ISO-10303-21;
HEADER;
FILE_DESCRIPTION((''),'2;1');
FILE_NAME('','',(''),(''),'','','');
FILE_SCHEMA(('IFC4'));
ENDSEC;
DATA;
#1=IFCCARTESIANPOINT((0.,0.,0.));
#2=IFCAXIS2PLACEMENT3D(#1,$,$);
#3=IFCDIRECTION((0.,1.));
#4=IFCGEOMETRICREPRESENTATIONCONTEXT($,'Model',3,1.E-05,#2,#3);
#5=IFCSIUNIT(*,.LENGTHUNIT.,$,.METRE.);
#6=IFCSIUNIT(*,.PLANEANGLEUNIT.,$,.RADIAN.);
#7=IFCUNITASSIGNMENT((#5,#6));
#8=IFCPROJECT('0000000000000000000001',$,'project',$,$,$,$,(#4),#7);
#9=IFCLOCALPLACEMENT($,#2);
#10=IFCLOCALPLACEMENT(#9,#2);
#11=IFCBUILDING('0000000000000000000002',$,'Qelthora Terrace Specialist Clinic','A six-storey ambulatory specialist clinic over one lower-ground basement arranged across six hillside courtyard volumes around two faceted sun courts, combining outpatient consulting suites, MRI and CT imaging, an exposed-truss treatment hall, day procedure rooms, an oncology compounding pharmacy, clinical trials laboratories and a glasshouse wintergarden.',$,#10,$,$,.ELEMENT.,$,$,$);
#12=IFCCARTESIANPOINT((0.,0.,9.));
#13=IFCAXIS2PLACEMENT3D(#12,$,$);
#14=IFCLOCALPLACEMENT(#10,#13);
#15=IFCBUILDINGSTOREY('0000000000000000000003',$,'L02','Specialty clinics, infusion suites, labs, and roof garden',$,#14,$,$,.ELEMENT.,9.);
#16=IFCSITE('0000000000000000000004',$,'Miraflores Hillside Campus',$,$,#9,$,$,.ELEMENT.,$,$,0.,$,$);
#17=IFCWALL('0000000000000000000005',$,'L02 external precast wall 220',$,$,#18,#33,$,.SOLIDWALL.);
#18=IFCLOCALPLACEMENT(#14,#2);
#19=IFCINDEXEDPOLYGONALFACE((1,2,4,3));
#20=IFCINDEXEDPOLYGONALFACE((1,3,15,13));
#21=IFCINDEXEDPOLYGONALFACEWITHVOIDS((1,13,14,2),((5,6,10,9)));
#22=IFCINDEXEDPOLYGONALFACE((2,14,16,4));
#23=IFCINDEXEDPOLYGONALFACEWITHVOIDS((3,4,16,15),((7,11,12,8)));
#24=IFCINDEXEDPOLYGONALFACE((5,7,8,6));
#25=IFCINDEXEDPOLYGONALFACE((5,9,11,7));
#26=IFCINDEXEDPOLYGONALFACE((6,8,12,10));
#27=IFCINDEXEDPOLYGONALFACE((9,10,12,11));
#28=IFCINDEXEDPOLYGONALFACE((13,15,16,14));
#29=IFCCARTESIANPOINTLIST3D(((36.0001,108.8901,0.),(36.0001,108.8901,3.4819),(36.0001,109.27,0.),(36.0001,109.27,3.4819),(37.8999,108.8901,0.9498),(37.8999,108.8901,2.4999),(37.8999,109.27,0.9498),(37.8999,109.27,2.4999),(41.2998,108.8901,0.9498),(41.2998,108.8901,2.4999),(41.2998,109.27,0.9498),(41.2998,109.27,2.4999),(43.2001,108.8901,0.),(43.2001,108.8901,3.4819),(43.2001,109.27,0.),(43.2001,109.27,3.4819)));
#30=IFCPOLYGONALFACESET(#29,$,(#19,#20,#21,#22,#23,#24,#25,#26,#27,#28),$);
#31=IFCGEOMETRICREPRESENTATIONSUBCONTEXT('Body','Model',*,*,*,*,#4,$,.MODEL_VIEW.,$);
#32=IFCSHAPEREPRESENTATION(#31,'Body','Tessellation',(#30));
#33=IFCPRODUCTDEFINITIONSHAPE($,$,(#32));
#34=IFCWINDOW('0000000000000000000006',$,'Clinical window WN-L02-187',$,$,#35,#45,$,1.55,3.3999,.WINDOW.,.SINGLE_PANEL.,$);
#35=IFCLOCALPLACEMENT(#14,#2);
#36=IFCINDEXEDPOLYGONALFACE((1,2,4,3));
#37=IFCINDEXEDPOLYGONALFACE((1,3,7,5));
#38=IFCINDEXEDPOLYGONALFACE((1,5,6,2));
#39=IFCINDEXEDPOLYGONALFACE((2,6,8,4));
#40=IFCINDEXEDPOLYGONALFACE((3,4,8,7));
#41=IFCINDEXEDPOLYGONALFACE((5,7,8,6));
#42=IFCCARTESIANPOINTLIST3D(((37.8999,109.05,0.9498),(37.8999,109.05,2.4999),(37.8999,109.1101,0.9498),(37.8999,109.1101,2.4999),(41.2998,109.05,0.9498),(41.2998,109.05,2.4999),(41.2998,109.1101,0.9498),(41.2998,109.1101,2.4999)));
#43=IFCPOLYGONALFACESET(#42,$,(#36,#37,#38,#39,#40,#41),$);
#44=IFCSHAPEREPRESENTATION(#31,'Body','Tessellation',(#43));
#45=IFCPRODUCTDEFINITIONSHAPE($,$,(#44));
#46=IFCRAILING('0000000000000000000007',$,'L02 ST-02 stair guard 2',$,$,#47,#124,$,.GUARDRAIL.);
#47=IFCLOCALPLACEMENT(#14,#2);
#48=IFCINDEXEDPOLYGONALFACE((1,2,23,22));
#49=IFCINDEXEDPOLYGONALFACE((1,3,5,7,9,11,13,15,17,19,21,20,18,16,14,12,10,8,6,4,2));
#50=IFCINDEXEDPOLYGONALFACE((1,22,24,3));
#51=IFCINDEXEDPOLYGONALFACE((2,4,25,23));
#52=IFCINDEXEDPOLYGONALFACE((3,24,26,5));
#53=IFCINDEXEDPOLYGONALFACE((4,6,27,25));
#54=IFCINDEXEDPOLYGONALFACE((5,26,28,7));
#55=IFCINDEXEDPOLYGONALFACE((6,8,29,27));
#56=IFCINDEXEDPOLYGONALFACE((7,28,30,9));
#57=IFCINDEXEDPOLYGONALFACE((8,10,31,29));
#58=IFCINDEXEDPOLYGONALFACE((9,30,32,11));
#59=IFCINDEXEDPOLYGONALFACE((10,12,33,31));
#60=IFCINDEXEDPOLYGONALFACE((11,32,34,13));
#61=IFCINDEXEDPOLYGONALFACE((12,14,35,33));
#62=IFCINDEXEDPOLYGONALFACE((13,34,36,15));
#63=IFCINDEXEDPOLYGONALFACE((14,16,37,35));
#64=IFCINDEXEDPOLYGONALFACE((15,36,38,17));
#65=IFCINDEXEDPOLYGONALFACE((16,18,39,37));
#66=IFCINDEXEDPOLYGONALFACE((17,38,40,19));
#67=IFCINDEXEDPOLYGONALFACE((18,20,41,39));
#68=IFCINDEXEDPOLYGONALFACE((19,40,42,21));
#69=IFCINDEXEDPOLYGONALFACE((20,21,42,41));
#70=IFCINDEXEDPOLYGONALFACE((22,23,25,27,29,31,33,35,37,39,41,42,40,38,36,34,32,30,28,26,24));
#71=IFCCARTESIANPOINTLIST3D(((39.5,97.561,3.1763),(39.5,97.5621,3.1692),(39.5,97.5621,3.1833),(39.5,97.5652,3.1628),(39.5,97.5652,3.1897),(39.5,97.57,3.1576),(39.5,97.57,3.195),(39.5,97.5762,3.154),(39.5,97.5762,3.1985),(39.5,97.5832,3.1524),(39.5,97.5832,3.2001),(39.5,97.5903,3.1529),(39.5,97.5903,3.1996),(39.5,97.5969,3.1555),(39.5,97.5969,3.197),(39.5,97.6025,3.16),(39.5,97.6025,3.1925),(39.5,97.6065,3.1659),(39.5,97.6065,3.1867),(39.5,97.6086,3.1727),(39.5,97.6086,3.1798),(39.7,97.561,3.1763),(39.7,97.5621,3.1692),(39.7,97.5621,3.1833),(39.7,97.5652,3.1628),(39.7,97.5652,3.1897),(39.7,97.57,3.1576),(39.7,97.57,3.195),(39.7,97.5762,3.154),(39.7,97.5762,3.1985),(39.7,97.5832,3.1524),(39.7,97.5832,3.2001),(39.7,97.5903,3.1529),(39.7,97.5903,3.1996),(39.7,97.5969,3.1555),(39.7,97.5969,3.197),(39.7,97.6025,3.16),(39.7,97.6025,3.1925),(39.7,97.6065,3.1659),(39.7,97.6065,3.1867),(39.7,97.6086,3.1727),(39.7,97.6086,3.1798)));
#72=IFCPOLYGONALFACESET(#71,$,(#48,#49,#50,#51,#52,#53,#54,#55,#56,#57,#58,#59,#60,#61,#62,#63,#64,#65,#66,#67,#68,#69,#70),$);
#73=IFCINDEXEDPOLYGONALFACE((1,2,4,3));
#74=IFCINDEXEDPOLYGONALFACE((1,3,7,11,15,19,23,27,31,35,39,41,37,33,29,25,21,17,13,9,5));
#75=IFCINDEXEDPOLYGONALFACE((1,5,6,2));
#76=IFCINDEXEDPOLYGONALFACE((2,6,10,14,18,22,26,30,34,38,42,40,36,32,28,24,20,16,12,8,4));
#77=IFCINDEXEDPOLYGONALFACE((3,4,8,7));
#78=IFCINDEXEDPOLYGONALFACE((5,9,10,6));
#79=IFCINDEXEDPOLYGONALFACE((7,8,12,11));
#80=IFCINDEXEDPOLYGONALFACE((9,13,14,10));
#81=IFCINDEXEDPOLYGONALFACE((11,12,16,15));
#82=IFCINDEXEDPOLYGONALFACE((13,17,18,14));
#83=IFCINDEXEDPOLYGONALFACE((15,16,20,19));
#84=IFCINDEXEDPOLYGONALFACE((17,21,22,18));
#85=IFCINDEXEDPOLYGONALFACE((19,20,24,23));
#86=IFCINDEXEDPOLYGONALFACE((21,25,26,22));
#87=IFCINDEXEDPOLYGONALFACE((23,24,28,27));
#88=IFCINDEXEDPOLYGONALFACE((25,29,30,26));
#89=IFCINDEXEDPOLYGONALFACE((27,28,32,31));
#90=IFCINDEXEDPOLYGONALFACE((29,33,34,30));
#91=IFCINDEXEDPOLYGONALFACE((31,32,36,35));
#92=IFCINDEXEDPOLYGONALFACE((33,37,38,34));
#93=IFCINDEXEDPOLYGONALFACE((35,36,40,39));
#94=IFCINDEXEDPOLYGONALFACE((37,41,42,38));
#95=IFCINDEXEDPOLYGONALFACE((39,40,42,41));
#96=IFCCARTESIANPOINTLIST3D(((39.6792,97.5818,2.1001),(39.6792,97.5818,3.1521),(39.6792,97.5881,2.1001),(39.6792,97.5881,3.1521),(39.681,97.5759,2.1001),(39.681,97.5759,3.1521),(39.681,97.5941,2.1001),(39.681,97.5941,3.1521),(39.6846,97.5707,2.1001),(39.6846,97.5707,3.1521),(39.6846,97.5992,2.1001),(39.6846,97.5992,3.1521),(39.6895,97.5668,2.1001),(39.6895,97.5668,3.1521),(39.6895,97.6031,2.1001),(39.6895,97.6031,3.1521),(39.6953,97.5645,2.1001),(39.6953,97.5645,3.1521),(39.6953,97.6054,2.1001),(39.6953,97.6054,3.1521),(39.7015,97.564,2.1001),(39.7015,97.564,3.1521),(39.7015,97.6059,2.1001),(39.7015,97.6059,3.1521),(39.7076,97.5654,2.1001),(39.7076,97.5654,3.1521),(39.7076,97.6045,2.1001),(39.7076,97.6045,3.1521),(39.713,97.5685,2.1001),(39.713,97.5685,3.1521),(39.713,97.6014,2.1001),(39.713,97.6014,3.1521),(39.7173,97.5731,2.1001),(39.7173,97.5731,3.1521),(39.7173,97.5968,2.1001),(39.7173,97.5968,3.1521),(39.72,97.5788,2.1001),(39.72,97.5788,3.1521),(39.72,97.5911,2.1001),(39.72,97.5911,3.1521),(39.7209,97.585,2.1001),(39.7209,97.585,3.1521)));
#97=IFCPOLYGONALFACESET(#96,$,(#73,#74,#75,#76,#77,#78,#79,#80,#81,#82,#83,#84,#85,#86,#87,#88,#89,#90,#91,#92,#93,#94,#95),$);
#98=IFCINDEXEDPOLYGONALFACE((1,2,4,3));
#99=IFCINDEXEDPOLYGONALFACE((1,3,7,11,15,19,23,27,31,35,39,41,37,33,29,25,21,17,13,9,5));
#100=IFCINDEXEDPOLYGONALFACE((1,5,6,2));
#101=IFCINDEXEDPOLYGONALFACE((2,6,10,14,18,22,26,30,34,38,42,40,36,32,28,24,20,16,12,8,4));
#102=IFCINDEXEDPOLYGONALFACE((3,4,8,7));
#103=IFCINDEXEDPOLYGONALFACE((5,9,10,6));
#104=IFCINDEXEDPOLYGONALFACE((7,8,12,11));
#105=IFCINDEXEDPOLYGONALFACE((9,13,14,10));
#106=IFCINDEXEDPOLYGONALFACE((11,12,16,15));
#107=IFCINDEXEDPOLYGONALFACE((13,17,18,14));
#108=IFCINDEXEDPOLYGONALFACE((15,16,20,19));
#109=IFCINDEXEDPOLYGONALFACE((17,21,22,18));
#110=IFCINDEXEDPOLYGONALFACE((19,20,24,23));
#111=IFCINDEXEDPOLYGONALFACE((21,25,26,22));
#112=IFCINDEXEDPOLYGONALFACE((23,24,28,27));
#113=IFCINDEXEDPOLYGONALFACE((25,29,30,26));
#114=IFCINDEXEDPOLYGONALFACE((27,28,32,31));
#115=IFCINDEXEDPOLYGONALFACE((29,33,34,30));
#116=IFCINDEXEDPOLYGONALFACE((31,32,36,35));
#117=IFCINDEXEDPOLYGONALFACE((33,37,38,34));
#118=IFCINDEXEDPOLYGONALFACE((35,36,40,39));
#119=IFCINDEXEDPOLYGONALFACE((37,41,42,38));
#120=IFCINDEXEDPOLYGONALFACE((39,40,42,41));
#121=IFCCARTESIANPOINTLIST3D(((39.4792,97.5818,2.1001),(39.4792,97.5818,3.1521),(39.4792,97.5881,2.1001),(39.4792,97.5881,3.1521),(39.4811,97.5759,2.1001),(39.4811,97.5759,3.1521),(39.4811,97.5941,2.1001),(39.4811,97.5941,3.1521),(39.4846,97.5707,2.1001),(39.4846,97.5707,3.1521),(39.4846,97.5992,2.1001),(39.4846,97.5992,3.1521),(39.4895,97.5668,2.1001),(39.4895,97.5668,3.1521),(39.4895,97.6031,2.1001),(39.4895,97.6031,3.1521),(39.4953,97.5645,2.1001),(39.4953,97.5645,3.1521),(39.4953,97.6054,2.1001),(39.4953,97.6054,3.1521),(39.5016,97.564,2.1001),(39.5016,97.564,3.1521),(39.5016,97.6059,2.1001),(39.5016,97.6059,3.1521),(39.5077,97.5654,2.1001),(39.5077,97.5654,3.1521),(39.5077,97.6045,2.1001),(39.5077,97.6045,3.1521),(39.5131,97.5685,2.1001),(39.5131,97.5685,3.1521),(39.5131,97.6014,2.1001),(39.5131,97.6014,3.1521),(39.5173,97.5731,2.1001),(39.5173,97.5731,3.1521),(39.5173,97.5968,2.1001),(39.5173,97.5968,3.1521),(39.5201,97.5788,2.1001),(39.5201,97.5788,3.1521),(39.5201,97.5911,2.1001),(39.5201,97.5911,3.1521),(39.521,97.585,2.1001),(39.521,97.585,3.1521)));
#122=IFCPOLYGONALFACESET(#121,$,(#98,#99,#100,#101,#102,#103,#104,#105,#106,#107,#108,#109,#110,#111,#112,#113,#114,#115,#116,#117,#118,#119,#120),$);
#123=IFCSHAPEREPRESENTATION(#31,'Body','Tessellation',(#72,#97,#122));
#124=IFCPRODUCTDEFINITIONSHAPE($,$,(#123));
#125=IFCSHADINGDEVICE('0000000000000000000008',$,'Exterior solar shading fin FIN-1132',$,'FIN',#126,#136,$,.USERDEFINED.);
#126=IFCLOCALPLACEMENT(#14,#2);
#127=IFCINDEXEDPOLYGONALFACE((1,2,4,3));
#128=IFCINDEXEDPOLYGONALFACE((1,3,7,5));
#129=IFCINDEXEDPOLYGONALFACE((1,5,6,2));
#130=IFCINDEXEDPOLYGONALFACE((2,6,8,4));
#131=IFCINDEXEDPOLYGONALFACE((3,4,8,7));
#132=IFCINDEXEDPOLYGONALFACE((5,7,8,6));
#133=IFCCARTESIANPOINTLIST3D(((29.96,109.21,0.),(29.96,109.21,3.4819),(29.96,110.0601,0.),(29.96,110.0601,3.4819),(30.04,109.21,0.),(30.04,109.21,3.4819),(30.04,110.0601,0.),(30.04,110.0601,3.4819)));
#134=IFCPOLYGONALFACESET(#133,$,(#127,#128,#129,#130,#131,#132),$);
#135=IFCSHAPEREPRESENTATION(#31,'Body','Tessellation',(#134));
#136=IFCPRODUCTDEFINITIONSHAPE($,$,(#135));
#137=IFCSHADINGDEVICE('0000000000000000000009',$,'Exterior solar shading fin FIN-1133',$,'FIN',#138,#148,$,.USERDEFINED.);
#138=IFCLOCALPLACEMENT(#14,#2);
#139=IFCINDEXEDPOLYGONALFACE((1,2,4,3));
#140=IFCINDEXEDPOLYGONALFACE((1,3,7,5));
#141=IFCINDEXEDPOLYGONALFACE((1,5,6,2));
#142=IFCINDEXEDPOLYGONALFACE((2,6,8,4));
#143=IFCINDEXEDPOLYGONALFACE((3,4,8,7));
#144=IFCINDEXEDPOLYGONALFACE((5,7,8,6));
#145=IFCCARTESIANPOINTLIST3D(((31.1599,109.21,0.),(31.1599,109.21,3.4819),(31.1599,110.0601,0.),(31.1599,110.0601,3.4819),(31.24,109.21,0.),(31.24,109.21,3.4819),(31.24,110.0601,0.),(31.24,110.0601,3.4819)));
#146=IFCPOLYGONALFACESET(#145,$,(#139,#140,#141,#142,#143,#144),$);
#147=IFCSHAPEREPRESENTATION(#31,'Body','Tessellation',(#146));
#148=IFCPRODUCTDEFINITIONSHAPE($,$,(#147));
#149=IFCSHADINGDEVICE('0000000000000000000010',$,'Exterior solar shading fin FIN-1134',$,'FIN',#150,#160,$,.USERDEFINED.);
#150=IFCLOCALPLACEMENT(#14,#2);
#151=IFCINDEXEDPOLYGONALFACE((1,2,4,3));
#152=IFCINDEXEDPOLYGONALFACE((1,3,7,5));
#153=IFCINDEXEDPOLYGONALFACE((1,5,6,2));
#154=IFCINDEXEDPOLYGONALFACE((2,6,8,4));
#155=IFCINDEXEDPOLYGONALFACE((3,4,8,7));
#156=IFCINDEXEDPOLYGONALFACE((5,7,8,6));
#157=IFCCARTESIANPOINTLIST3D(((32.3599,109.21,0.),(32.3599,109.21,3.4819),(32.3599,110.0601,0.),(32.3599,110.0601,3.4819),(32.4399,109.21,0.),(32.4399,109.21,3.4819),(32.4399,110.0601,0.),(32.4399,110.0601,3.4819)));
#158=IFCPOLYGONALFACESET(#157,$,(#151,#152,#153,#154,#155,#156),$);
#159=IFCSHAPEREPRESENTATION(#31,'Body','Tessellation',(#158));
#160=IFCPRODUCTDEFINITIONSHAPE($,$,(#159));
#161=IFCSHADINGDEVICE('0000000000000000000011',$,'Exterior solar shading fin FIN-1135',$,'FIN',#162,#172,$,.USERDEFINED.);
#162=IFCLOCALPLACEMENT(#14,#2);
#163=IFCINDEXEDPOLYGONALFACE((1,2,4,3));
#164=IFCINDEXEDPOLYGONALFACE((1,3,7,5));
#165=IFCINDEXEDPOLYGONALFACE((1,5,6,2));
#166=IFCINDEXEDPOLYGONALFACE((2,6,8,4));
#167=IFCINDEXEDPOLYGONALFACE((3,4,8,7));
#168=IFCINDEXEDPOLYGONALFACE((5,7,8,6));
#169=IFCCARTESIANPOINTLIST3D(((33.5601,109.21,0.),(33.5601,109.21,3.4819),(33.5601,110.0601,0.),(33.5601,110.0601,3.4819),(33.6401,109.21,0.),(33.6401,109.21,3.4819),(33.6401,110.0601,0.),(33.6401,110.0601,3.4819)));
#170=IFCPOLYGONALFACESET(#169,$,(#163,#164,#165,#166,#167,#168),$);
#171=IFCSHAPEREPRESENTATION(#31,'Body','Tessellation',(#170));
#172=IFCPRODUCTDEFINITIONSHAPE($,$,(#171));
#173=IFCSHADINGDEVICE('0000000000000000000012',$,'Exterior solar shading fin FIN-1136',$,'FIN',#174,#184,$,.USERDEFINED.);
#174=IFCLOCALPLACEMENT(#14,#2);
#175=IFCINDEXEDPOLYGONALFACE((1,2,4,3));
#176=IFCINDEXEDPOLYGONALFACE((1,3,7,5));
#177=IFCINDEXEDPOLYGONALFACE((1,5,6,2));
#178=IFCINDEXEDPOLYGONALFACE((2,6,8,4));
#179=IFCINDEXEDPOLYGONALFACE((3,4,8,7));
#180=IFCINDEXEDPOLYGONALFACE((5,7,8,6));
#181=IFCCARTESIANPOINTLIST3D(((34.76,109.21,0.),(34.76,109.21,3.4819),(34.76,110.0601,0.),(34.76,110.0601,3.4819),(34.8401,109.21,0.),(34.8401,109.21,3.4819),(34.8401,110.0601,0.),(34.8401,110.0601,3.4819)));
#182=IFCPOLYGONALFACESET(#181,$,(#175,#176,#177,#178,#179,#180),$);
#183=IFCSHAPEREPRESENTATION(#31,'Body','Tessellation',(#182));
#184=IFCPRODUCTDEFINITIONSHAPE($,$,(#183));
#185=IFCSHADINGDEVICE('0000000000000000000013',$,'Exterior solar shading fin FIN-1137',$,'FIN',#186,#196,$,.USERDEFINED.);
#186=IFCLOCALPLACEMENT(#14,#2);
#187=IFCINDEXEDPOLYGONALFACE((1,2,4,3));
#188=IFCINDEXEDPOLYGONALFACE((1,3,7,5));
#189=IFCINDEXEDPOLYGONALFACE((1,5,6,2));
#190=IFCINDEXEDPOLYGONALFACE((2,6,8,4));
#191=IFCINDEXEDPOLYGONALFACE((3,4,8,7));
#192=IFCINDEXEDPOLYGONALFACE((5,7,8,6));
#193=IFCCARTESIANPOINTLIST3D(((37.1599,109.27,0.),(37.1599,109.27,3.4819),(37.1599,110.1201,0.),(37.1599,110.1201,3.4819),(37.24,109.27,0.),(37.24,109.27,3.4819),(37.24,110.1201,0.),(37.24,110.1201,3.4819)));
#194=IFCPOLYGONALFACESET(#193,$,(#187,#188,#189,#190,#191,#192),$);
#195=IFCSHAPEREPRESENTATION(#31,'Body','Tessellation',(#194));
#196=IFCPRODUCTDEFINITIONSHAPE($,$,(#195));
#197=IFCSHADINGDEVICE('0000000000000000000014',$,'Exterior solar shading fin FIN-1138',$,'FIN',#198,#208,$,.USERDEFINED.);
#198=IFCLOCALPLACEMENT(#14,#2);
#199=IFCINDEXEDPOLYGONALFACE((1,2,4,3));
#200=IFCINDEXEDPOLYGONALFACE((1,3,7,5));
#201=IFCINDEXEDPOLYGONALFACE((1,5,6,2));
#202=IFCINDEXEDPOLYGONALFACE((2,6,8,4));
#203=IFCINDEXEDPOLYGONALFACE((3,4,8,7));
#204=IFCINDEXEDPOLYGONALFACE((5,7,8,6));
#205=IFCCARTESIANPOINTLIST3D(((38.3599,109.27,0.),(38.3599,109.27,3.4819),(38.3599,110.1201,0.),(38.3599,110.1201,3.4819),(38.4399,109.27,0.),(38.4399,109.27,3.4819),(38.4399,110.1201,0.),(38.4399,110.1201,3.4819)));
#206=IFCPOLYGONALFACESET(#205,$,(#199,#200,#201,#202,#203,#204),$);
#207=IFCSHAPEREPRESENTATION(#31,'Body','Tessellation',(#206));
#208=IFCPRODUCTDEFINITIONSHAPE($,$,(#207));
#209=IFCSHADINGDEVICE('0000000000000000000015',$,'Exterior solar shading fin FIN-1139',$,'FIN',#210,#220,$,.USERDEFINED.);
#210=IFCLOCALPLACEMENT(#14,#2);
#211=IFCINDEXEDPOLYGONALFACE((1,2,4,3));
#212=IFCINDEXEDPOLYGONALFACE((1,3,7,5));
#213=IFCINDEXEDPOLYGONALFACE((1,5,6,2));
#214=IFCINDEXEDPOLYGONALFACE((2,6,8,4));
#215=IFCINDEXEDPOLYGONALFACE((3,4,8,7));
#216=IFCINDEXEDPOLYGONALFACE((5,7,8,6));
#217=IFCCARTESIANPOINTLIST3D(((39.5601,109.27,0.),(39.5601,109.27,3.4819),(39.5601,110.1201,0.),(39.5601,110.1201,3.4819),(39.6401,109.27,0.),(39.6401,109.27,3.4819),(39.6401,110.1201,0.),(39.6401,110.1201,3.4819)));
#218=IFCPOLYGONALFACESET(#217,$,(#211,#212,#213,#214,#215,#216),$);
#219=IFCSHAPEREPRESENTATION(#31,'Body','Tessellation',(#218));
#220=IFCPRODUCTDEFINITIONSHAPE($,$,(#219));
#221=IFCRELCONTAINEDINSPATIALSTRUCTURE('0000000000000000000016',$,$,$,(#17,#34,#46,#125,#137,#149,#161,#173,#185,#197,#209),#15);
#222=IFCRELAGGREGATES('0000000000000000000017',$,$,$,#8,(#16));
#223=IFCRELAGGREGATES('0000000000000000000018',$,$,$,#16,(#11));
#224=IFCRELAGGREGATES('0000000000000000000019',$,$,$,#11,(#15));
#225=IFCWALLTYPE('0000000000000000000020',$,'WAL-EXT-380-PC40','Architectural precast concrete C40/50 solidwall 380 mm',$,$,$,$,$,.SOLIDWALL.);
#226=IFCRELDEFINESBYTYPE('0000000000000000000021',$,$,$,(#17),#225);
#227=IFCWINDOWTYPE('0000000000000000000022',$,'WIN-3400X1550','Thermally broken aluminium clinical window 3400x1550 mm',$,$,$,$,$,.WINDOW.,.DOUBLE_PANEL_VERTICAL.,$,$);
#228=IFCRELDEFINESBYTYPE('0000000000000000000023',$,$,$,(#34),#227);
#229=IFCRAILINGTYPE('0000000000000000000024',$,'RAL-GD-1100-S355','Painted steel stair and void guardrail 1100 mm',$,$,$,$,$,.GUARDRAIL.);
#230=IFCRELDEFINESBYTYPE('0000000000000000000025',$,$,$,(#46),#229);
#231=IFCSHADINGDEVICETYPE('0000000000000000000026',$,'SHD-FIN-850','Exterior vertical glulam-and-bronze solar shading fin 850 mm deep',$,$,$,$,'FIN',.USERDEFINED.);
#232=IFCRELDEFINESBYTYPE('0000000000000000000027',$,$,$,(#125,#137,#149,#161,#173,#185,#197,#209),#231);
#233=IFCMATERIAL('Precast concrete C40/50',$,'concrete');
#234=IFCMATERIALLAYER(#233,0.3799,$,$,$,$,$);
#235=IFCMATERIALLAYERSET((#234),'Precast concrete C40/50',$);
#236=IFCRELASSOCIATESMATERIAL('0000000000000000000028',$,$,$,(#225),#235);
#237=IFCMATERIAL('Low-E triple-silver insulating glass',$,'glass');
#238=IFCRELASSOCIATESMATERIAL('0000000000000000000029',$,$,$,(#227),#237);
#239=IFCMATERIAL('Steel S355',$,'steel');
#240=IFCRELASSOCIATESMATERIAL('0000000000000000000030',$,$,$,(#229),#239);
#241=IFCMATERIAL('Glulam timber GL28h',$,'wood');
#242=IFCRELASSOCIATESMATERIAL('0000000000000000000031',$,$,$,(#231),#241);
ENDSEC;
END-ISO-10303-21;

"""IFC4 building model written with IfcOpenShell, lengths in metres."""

from ifc_helpers import new_model, si_unit, direction, frame, frame_2d, origin, origin_2d, place, context, subcontext, project, spatial, rectangle, circle, extrude, material, layer, layer_set, type_object, element, fill, save


model = new_model("IFC4")

# Units and contexts
model_context = context("Model", 3, precision=1e-05, world=origin(), true_north=direction((0.0, 1.0)))
body_context = subcontext(model_context, "Body", "Model", "MODEL_VIEW")
ifc_project = project(units=[si_unit("LENGTHUNIT", "METRE"), si_unit("PLANEANGLEUNIT", "RADIAN")], contexts=[model_context])

# Site, building, storey
site_placement = place(None, origin())
site = spatial("IfcSite", under=ifc_project, at=site_placement, Name="Miraflores Hillside Campus", CompositionType="ELEMENT", RefElevation=0.0)
building_placement = place(site_placement, origin())
building = spatial("IfcBuilding", under=site, at=building_placement, Name="Qelthora Terrace Specialist Clinic", Description="A six-storey ambulatory specialist clinic over one lower-ground basement arranged across six hillside courtyard volumes around two faceted sun courts, combining outpatient consulting suites, MRI and CT imaging, an exposed-truss treatment hall, day procedure rooms, an oncology compounding pharmacy, clinical trials laboratories and a glasshouse wintergarden.", CompositionType="ELEMENT")
storey_placement = place(building_placement, frame((0.0, 0.0, 9.0)))
storey = spatial("IfcBuildingStorey", under=building, at=storey_placement, Name="L02", Description="Specialty clinics, infusion suites, labs, and roof garden", CompositionType="ELEMENT", Elevation=9.0)

# Shared definitions
ifc_material_1 = material(Name="Steel S355", Category="steel")

# Wall, opening, window
ifc_material_2 = material(Name="Precast concrete C40/50", Category="concrete")
ifc_layer_1 = layer(ifc_material_2, 0.3799)
ifc_layer_set_1 = layer_set([ifc_layer_1], Name="Precast concrete C40/50")
wall_type_1 = type_object("IfcWallType", Name="WAL-EXT-380-PC40", Description="Architectural precast concrete C40/50 solidwall 380 mm", PredefinedType="SOLIDWALL", material=ifc_layer_set_1)
wall_1_placement = place(storey_placement, frame((36.0, 109.0801, 0.0), z_axis=(0.0, 0.0, 1.0), x_axis=(1.0, 0.0, 0.0)))
wall_1 = element("IfcWall", 1, at=wall_1_placement, inside=storey, type_object=wall_type_1, Name="L02 external precast wall 220", PredefinedType="SOLIDWALL", context=body_context, shape_type="SweptSolid", body=[
    extrude(rectangle(XDim=7.2, YDim=0.3799, at=frame_2d((3.6001, 0.0))), origin(), (0.0, 0.0, 1.0), 3.4819),
])
opening_1_placement = place(wall_1_placement, frame((1.8999, 0.0, 0.95)))
opening_1 = element("IfcOpeningElement", 2, at=opening_1_placement, cuts=wall_1, PredefinedType="OPENING", context=body_context, shape_type="SweptSolid", body=[
    extrude(rectangle(XDim=3.3999, YDim=1.55, at=frame_2d((1.7, 0.7749))), frame((0.0, 0.2, 0.0), z_axis=(0.0, -1.0, 0.0), x_axis=(1.0, 0.0, 0.0)), (0.0, 0.0, 1.0), 0.3999),
])
ifc_material_3 = material(Name="Low-E triple-silver insulating glass", Category="glass")
window_type = type_object("IfcWindowType", Name="WIN-3400X1550", Description="Thermally broken aluminium clinical window 3400x1550 mm", PartitioningType="DOUBLE_PANEL_VERTICAL", PredefinedType="WINDOW", material=ifc_material_3)
window_placement = place(opening_1_placement, origin())
window = element("IfcWindow", 3, at=window_placement, inside=storey, type_object=window_type, Name="Clinical window WN-L02-187", OverallHeight=1.55, OverallWidth=3.3999, PartitioningType="SINGLE_PANEL", PredefinedType="WINDOW", context=body_context, shape_type="SweptSolid", body=[
    extrude(rectangle(XDim=3.3999, YDim=1.55, at=frame_2d((1.7, 0.7749))), frame((0.0, 0.03, 0.0), z_axis=(0.0, -1.0, 0.0), x_axis=(1.0, 0.0, 0.0)), (0.0, 0.0, 1.0), 0.0601),
])
fill(opening_1, window)

# Railing
railing_type = type_object("IfcRailingType", Name="RAL-GD-1100-S355", Description="Painted steel stair and void guardrail 1100 mm", PredefinedType="GUARDRAIL", material=ifc_material_1)
railing_placement = place(storey_placement, frame((39.7, 97.585, 2.1001)))
element("IfcRailing", 4, at=railing_placement, inside=storey, type_object=railing_type, Name="L02 ST-02 stair guard 2", PredefinedType="GUARDRAIL", context=body_context, shape_type="SweptSolid", body=[
    extrude(circle(Radius=0.0239, at=origin_2d()), frame((0.0, 0.0, 1.0762), z_axis=(-1.0, 0.0, 0.0), x_axis=(0.0, -1.0, 0.0)), (0.0, 0.0, 1.0), 0.2),
    extrude(circle(Radius=0.021, at=origin_2d()), origin(), (0.0, 0.0, 1.0), 1.052),
    extrude(circle(Radius=0.021, at=origin_2d()), frame((-0.2, 0.0, 0.0)), (0.0, 0.0, 1.0), 1.052),
])

# Shading devices
ifc_material_4 = material(Name="Glulam timber GL28h", Category="wood")
shading_device_type = type_object("IfcShadingDeviceType", Name="SHD-FIN-850", Description="Exterior vertical glulam-and-bronze solar shading fin 850 mm deep", ElementType="FIN", PredefinedType="USERDEFINED", material=ifc_material_4)
for number, where, z_axis, x_axis, name in (
    (5, (30.0, 109.635, 0.0), (0.0, 0.0, 1.0), (0.0, 1.0, 0.0), "Exterior solar shading fin FIN-1132"),
    (6, (31.2, 109.635, 0.0), (0.0, 0.0, 1.0), (0.0, 1.0, 0.0), "Exterior solar shading fin FIN-1133"),
    (7, (32.3999, 109.635, 0.0), (0.0, 0.0, 1.0), (0.0, 1.0, 0.0), "Exterior solar shading fin FIN-1134"),
    (8, (33.6001, 109.635, 0.0), (0.0, 0.0, 1.0), (0.0, 1.0, 0.0), "Exterior solar shading fin FIN-1135"),
    (9, (34.8, 109.635, 0.0), (0.0, 0.0, 1.0), (0.0, 1.0, 0.0), "Exterior solar shading fin FIN-1136"),
    (10, (37.2, 109.6951, 0.0), (0.0, 0.0, 1.0), (0.0, 1.0, 0.0), "Exterior solar shading fin FIN-1137"),
    (11, (38.3999, 109.6951, 0.0), (0.0, 0.0, 1.0), (0.0, 1.0, 0.0), "Exterior solar shading fin FIN-1138"),
    (12, (39.6001, 109.6951, 0.0), (0.0, 0.0, 1.0), (0.0, 1.0, 0.0), "Exterior solar shading fin FIN-1139"),
):
    element("IfcShadingDevice", number, at=place(storey_placement, frame(where, z_axis=z_axis, x_axis=x_axis)), inside=storey, type_object=shading_device_type, Name=name, ObjectType="FIN", PredefinedType="USERDEFINED", context=body_context, shape_type="SweptSolid", body=[
        extrude(rectangle(XDim=0.8501, YDim=0.0801, at=origin_2d()), origin(), (0.0, 0.0, 1.0), 3.4819),
    ])

save(model, "model.ifc")
